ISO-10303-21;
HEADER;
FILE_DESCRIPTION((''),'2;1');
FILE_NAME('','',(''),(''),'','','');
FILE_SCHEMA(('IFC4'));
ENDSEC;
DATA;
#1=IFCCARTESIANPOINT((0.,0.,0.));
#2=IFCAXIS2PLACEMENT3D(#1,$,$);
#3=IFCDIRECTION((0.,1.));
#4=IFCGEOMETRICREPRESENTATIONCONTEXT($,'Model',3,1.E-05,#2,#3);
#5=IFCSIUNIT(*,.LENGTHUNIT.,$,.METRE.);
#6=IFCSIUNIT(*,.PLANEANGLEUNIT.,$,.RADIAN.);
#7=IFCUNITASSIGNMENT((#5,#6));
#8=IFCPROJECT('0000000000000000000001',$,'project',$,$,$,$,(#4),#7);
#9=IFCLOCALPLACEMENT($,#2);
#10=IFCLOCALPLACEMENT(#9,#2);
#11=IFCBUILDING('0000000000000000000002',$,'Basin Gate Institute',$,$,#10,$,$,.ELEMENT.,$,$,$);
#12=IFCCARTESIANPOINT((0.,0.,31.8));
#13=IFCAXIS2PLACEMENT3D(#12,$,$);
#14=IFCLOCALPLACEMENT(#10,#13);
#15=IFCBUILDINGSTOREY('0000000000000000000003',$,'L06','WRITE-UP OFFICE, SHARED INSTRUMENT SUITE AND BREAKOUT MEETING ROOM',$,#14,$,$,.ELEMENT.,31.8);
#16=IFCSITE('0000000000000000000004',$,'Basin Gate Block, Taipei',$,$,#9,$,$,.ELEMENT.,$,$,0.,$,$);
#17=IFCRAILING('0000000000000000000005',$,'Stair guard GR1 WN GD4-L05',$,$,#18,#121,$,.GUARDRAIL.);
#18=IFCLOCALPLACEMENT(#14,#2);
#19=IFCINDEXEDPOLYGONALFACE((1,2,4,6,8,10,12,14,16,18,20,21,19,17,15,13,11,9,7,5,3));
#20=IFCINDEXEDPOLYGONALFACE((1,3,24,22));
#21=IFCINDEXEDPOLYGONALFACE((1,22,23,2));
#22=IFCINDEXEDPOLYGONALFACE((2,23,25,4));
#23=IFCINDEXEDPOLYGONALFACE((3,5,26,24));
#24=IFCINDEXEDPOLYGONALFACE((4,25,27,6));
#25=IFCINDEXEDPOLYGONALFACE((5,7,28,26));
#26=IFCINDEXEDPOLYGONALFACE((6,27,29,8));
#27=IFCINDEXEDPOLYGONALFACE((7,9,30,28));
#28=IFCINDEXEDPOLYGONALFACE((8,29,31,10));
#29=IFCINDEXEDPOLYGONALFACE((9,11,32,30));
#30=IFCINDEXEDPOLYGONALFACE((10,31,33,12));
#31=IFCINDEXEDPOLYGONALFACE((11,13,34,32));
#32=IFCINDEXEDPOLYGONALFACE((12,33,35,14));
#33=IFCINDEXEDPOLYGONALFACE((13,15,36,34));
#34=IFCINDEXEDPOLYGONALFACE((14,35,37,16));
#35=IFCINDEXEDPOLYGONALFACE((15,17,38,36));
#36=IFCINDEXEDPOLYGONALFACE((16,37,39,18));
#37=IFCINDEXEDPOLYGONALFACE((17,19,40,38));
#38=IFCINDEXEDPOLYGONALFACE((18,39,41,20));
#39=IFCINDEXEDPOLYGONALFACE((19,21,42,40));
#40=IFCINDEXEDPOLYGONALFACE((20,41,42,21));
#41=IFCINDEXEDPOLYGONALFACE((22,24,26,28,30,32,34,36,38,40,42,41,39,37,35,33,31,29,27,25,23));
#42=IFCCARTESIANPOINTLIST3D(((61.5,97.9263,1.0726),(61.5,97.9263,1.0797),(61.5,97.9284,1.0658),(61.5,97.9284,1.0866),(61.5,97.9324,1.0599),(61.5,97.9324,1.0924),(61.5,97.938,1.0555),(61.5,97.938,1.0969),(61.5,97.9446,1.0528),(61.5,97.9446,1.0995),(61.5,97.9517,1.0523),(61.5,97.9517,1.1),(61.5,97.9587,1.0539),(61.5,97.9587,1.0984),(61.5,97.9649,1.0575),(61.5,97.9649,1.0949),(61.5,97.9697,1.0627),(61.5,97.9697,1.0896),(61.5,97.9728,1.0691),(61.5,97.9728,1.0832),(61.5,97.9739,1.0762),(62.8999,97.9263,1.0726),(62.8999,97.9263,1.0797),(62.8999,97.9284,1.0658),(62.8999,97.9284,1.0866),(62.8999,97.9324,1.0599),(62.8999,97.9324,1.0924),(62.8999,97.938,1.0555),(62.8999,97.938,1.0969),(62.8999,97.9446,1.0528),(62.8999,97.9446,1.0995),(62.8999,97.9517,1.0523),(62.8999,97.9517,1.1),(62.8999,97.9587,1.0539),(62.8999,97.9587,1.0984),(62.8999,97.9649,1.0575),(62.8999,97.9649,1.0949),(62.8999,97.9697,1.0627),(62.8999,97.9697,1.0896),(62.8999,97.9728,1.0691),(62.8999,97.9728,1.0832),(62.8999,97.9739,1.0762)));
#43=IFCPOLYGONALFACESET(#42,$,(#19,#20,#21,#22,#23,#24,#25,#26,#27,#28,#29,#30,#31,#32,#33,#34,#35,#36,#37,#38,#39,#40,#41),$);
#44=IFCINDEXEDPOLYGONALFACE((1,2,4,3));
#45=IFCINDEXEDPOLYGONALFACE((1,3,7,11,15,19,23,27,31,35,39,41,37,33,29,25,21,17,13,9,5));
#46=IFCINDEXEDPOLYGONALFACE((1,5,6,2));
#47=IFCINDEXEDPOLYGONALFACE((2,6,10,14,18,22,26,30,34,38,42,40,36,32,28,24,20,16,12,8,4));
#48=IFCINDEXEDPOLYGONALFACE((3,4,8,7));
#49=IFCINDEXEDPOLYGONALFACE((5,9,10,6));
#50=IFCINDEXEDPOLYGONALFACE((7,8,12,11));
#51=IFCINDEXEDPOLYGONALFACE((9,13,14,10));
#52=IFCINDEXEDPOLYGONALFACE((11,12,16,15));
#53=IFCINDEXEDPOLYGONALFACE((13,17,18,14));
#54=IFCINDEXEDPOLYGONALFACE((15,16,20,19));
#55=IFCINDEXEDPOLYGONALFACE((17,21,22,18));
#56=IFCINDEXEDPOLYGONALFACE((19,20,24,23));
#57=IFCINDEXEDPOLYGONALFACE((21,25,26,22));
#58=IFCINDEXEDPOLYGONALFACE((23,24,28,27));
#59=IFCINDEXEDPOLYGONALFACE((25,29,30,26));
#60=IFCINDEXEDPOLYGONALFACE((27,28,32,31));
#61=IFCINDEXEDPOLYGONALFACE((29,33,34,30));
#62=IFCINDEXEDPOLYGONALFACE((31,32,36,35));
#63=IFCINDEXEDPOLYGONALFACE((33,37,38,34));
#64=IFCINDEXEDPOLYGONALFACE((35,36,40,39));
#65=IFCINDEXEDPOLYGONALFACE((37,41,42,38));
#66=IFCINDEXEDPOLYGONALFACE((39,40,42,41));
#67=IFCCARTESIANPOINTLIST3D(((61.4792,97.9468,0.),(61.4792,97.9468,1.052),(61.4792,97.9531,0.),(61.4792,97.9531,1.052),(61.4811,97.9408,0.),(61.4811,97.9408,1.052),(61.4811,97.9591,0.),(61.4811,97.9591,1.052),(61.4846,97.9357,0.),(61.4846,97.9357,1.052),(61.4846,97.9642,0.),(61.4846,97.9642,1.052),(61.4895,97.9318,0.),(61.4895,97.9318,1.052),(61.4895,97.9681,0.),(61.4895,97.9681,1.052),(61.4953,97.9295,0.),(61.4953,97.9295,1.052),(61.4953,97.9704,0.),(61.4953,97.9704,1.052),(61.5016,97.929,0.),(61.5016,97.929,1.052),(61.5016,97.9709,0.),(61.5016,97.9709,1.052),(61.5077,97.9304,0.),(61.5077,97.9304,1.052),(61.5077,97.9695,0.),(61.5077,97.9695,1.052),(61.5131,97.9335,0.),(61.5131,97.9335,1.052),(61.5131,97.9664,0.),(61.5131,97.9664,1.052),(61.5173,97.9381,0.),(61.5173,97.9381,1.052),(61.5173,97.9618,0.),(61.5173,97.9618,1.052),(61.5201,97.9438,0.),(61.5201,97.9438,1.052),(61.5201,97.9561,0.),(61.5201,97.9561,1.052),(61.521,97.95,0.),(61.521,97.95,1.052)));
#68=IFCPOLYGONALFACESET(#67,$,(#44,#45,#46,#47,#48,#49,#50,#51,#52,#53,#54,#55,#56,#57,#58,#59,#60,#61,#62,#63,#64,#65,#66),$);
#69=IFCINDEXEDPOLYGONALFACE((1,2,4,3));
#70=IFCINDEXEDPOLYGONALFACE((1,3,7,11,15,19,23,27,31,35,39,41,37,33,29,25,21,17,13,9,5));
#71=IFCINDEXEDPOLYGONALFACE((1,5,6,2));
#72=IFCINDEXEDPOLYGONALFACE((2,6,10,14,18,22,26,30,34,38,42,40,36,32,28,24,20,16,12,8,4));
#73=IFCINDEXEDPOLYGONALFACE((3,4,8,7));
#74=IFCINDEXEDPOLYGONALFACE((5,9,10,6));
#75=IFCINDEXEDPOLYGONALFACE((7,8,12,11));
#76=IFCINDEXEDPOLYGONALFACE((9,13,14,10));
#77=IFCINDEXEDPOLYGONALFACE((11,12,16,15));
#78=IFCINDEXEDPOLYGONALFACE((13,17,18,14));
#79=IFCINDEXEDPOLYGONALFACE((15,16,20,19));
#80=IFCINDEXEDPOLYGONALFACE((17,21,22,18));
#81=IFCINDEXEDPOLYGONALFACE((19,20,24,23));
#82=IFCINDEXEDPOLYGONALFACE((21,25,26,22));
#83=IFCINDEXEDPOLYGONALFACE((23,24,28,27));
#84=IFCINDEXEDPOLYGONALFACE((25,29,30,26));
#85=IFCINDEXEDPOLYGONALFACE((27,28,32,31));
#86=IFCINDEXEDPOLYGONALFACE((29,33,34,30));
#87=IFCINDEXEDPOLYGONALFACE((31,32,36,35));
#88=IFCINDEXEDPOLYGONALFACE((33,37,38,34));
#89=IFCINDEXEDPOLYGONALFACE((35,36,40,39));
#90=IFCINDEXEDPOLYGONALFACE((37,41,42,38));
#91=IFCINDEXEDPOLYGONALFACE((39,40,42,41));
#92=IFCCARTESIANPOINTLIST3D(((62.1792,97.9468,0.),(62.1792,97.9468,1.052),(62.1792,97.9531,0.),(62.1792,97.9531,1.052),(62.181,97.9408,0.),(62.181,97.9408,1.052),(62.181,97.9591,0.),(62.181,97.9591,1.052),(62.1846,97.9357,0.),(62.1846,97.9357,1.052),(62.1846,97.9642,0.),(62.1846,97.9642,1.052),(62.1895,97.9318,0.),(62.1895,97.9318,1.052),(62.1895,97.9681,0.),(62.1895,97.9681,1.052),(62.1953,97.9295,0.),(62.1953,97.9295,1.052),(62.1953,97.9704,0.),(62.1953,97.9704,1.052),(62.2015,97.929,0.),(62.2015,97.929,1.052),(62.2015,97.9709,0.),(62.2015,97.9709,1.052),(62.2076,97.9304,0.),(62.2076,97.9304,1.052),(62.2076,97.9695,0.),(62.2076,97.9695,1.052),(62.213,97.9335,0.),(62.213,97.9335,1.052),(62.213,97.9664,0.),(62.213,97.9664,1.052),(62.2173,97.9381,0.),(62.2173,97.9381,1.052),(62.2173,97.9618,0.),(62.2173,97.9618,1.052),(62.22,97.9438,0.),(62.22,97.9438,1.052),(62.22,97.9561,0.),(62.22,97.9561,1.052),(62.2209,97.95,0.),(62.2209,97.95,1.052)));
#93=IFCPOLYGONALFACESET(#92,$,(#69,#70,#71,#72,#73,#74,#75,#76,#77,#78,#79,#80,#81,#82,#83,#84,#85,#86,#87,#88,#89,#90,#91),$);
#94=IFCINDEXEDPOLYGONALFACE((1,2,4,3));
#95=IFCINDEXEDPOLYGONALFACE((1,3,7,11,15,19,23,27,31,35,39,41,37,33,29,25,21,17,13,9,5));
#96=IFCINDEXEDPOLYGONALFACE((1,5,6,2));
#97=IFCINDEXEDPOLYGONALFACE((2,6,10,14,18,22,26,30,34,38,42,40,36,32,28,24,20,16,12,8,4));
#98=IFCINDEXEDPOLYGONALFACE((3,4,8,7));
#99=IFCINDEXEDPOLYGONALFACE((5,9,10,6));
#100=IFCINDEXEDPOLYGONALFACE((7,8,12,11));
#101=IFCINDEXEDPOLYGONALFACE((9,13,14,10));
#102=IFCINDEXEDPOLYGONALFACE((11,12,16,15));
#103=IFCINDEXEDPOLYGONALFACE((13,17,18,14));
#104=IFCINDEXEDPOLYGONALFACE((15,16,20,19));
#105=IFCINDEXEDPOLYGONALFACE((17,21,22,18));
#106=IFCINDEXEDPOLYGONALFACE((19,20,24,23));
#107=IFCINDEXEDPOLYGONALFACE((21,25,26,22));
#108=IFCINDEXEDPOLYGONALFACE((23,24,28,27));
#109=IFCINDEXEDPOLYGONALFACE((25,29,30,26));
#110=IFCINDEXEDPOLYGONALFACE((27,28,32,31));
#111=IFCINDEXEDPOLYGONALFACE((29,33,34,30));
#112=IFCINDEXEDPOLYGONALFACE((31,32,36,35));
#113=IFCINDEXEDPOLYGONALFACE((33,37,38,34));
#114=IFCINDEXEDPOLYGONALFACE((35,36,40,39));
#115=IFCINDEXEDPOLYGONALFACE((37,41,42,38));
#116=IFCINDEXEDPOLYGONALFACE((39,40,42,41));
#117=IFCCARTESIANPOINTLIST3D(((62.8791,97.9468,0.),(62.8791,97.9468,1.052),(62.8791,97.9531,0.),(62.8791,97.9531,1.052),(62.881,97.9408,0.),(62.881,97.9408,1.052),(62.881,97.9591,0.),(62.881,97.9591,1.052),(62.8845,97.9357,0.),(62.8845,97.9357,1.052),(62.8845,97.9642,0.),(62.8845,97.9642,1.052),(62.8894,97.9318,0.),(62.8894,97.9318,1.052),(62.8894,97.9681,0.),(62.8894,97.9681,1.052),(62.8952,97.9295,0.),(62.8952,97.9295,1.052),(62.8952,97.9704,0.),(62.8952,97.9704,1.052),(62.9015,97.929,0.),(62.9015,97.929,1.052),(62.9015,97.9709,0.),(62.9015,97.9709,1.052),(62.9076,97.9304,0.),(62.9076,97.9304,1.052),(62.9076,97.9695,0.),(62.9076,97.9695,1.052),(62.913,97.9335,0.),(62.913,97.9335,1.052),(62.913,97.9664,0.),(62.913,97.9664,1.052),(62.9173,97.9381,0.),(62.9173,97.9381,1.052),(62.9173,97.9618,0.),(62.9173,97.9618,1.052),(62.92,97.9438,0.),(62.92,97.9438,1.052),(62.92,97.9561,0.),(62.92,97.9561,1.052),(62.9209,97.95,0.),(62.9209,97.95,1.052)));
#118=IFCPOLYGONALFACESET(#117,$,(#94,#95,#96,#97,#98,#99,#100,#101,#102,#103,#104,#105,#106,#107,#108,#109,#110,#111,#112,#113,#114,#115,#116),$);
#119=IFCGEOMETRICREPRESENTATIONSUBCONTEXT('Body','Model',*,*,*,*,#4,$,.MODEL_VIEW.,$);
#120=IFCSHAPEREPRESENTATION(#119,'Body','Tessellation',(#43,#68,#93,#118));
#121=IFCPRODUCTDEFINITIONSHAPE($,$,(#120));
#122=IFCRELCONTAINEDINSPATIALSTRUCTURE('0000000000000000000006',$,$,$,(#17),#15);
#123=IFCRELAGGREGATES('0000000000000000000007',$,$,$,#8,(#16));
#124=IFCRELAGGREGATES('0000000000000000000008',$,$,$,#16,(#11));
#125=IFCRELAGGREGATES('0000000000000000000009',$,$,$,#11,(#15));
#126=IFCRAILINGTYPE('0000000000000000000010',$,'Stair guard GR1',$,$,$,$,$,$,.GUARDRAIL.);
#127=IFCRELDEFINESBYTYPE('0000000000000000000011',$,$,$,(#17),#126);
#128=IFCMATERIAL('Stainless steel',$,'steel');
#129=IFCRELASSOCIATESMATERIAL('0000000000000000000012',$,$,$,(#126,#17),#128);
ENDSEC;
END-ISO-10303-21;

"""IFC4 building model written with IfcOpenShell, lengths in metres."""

from ifc_helpers import new_model, si_unit, direction, frame, origin, origin_2d, place, context, subcontext, project, spatial, circle, extrude, material, type_object, element, save


model = new_model("IFC4")

# Units and contexts
model_context = context("Model", 3, precision=1e-05, world=origin(), true_north=direction((0.0, 1.0)))
body_context = subcontext(model_context, "Body", "Model", "MODEL_VIEW")
ifc_project = project(units=[si_unit("LENGTHUNIT", "METRE"), si_unit("PLANEANGLEUNIT", "RADIAN")], contexts=[model_context])

# Site, building, storey
site_placement = place(None, origin())
site = spatial("IfcSite", under=ifc_project, at=site_placement, Name="Basin Gate Block, Taipei", CompositionType="ELEMENT", RefElevation=0.0)
building_placement = place(site_placement, origin())
building = spatial("IfcBuilding", under=site, at=building_placement, Name="Basin Gate Institute", CompositionType="ELEMENT")
storey_placement = place(building_placement, frame((0.0, 0.0, 31.8)))
storey = spatial("IfcBuildingStorey", under=building, at=storey_placement, Name="L06", Description="WRITE-UP OFFICE, SHARED INSTRUMENT SUITE AND BREAKOUT MEETING ROOM", CompositionType="ELEMENT", Elevation=31.8)

# Railing
ifc_material_1 = material(Name="Stainless steel", Category="steel")
railing_type_1 = type_object("IfcRailingType", Name="Stair guard GR1", PredefinedType="GUARDRAIL", material=ifc_material_1)
railing_1_placement = place(storey_placement, frame((61.5, 97.95, 0.0)))
element("IfcRailing", 1, at=railing_1_placement, inside=storey, type_object=railing_type_1, material=ifc_material_1, Name="Stair guard GR1 WN GD4-L05", PredefinedType="GUARDRAIL", context=body_context, shape_type="SweptSolid", body=[
    extrude(circle(Radius=0.0239, at=origin_2d()), frame((0.0, 0.0, 1.0762), z_axis=(1.0, 0.0, 0.0), x_axis=(0.0, 1.0, 0.0)), (0.0, 0.0, 1.0), 1.3999),
    extrude(circle(Radius=0.021, at=origin_2d()), origin(), (0.0, 0.0, 1.0), 1.052),
    extrude(circle(Radius=0.021, at=origin_2d()), frame((0.7, 0.0, 0.0)), (0.0, 0.0, 1.0), 1.052),
    extrude(circle(Radius=0.021, at=origin_2d()), frame((1.3999, 0.0, 0.0)), (0.0, 0.0, 1.0), 1.052),
])

save(model, "model.ifc")
